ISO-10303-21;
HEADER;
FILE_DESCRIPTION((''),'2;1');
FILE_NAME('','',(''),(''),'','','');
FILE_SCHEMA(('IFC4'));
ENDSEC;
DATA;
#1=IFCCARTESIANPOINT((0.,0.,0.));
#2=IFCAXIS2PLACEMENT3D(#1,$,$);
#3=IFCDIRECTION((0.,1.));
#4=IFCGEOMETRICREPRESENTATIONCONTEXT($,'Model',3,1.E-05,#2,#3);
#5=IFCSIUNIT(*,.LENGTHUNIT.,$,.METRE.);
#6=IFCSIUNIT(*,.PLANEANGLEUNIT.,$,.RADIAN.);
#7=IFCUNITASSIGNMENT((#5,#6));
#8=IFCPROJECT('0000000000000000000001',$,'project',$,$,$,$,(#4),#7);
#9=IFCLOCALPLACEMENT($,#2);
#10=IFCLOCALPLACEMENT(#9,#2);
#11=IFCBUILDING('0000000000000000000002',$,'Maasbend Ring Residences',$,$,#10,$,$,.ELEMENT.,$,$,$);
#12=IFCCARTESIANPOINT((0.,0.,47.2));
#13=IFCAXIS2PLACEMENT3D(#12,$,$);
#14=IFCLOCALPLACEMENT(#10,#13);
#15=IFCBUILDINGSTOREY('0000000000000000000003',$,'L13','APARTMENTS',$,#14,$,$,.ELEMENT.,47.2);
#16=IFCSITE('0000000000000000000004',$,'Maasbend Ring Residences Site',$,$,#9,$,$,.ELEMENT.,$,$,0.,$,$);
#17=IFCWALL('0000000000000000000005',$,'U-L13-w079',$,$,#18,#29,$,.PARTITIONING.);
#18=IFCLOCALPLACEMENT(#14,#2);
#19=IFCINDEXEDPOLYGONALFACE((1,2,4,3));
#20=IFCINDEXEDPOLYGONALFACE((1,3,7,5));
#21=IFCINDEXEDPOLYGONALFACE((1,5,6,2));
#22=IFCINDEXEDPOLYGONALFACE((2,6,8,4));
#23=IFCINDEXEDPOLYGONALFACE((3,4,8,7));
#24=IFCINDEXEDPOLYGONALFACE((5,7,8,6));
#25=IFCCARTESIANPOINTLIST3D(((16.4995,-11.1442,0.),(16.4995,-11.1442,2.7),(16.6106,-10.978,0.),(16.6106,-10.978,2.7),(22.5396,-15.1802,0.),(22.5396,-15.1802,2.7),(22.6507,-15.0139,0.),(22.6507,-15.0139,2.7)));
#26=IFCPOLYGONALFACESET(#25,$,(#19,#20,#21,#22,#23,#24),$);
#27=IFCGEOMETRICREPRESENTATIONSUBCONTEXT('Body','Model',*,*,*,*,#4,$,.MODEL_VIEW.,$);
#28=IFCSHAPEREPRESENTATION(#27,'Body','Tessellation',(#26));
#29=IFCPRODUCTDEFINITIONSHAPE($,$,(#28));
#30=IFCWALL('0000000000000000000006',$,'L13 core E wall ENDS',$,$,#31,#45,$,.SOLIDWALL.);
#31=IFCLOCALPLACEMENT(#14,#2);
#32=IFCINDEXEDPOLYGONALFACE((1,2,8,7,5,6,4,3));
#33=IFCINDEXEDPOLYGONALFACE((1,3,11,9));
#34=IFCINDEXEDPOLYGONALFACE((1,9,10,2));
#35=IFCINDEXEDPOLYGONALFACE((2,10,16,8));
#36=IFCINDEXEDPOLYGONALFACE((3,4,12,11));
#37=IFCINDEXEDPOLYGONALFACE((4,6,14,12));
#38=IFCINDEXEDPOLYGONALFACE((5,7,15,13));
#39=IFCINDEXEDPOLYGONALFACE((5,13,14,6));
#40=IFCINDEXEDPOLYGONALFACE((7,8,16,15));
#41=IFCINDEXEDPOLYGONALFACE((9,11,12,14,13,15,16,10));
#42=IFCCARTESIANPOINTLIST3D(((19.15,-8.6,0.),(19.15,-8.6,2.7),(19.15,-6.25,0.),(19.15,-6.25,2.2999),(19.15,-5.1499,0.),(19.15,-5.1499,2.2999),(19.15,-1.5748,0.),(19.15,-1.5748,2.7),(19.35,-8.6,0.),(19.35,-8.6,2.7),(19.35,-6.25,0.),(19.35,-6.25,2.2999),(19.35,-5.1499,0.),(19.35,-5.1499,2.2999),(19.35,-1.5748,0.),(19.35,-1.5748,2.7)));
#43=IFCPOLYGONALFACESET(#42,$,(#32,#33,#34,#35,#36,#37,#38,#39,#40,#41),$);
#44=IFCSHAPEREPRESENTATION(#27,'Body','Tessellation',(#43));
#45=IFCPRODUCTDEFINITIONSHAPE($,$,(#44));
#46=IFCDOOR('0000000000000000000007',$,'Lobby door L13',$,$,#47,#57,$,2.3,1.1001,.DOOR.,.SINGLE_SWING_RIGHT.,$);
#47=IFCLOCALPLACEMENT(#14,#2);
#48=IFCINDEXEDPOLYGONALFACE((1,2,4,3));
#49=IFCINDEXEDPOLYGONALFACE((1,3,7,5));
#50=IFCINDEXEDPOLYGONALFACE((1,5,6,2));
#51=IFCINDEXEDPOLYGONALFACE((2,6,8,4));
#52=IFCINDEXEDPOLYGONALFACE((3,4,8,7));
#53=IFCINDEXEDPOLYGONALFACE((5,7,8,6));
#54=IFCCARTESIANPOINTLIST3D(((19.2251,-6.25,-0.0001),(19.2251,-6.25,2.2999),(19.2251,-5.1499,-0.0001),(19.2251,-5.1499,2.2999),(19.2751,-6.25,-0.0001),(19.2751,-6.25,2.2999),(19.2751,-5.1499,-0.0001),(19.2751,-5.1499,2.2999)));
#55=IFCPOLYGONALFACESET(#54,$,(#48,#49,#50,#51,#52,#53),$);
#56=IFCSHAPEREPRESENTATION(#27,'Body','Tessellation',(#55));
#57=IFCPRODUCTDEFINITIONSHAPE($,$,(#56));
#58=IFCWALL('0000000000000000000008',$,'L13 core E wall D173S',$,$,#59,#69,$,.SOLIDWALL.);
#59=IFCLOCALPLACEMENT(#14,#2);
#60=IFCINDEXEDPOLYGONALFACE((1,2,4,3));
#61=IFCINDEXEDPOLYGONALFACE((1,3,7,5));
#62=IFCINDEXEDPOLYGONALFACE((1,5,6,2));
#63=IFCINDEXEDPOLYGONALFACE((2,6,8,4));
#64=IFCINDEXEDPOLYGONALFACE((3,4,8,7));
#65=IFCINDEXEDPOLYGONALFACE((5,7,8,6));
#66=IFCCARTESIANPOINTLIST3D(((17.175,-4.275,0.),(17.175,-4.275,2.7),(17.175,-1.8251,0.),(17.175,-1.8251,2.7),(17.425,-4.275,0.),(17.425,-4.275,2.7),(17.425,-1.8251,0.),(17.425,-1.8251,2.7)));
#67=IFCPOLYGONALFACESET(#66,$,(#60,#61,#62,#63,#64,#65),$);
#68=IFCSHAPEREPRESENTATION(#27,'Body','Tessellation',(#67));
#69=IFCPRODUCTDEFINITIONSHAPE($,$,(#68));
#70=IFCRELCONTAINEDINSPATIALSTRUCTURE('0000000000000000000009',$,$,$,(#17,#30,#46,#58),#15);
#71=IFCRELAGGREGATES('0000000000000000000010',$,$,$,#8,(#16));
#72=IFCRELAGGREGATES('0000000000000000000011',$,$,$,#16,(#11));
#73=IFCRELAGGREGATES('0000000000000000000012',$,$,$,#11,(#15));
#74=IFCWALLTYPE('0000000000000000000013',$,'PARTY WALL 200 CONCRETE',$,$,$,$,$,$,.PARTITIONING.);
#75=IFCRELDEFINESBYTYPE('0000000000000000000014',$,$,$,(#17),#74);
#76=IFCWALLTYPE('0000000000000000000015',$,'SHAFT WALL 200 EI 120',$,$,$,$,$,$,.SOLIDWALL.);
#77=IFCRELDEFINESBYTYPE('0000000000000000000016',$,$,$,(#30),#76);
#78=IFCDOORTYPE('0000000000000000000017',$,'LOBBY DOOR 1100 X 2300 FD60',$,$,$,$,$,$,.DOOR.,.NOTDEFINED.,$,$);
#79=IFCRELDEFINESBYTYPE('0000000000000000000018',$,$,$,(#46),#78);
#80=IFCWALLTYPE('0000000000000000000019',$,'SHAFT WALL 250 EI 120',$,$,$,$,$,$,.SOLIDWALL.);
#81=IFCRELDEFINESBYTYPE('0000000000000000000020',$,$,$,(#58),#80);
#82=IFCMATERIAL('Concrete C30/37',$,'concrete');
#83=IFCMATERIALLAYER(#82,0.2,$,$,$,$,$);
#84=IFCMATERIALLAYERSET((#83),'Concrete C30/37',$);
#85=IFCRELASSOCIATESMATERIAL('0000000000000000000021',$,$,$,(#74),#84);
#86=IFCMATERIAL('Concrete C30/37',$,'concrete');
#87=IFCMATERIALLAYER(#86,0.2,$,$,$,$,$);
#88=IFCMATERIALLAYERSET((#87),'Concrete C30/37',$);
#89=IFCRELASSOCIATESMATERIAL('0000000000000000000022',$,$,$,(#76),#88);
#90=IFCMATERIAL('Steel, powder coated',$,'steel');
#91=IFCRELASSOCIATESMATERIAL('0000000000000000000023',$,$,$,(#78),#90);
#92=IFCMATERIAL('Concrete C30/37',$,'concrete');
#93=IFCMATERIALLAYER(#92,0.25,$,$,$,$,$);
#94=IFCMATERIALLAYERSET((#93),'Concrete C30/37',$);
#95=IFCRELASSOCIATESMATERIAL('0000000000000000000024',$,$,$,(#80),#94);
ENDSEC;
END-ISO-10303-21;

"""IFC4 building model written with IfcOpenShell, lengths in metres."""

from ifc_helpers import new_model, si_unit, direction, frame, frame_2d, origin, place, context, subcontext, project, spatial, rectangle, extrude, material, layer, layer_set, type_object, element, fill, save


model = new_model("IFC4")

# Units and contexts
model_context = context("Model", 3, precision=1e-05, world=origin(), true_north=direction((0.0, 1.0)))
body_context = subcontext(model_context, "Body", "Model", "MODEL_VIEW")
ifc_project = project(units=[si_unit("LENGTHUNIT", "METRE"), si_unit("PLANEANGLEUNIT", "RADIAN")], contexts=[model_context])

# Site, building, storey
site_placement = place(None, origin())
site = spatial("IfcSite", under=ifc_project, at=site_placement, Name="Maasbend Ring Residences Site", CompositionType="ELEMENT", RefElevation=0.0)
building_placement = place(site_placement, origin())
building = spatial("IfcBuilding", under=site, at=building_placement, Name="Maasbend Ring Residences", CompositionType="ELEMENT")
storey_placement = place(building_placement, frame((0.0, 0.0, 47.2)))
storey = spatial("IfcBuildingStorey", under=building, at=storey_placement, Name="L13", Description="APARTMENTS", CompositionType="ELEMENT", Elevation=47.2)

# Wall
ifc_material_1 = material(Name="Concrete C30/37", Category="concrete")
ifc_layer_1 = layer(ifc_material_1, 0.2)
ifc_layer_set_1 = layer_set([ifc_layer_1], Name="Concrete C30/37")
wall_type_1 = type_object("IfcWallType", Name="PARTY WALL 200 CONCRETE", PredefinedType="PARTITIONING", material=ifc_layer_set_1)
wall_1_placement = place(storey_placement, frame((16.5549, -11.061, 0.0), z_axis=(0.0, 0.0, 1.0), x_axis=(0.831466, -0.555576, 0.0)))
element("IfcWall", 1, at=wall_1_placement, inside=storey, type_object=wall_type_1, Name="U-L13-w079", PredefinedType="PARTITIONING", context=body_context, shape_type="SweptSolid", body=[
    extrude(rectangle(XDim=7.2644, YDim=0.2, at=frame_2d((3.6323, 0.0))), origin(), (0.0, 0.0, 1.0), 2.7),
])

# Wall, opening, door
ifc_material_2 = material(Name="Concrete C30/37", Category="concrete")
ifc_layer_2 = layer(ifc_material_2, 0.2)
ifc_layer_set_2 = layer_set([ifc_layer_2], Name="Concrete C30/37")
wall_type_2 = type_object("IfcWallType", Name="SHAFT WALL 200 EI 120", PredefinedType="SOLIDWALL", material=ifc_layer_set_2)
wall_2_placement = place(storey_placement, frame((19.25, -8.6001, 0.0), z_axis=(0.0, 0.0, 1.0), x_axis=(0.0, 1.0, 0.0)))
wall_2 = element("IfcWall", 2, at=wall_2_placement, inside=storey, type_object=wall_type_2, Name="L13 core E wall ENDS", PredefinedType="SOLIDWALL", context=body_context, shape_type="SweptSolid", body=[
    extrude(rectangle(XDim=7.0251, YDim=0.2, at=frame_2d((3.5127, 0.0))), origin(), (0.0, 0.0, 1.0), 2.7),
])
opening_1_placement = place(wall_2_placement, frame((2.3501, 0.0, 0.0)))
opening_1 = element("IfcOpeningElement", 3, at=opening_1_placement, cuts=wall_2, PredefinedType="OPENING", context=body_context, shape_type="SweptSolid", body=[
    extrude(rectangle(XDim=1.1001, YDim=2.3, at=frame_2d((0.55, 1.1499))), frame((0.0, 0.1099, 0.0), z_axis=(0.0, -1.0, 0.0), x_axis=(1.0, 0.0, 0.0)), (0.0, 0.0, 1.0), 0.22),
])
ifc_material_3 = material(Name="Steel, powder coated", Category="steel")
door_type_1 = type_object("IfcDoorType", Name="LOBBY DOOR 1100 X 2300 FD60", OperationType="NOTDEFINED", PredefinedType="DOOR", material=ifc_material_3)
door_1_placement = place(opening_1_placement, origin())
door_1 = element("IfcDoor", 4, at=door_1_placement, inside=storey, type_object=door_type_1, Name="Lobby door L13", OperationType="SINGLE_SWING_RIGHT", OverallHeight=2.3, OverallWidth=1.1001, PredefinedType="DOOR", context=body_context, shape_type="SweptSolid", body=[
    extrude(rectangle(XDim=1.1001, YDim=2.3, at=frame_2d((0.55, 1.1499))), frame((0.0, 0.0249, 0.0), z_axis=(0.0, -1.0, 0.0), x_axis=(1.0, 0.0, 0.0)), (0.0, 0.0, 1.0), 0.05),
])
fill(opening_1, door_1)

# Wall
ifc_material_4 = material(Name="Concrete C30/37", Category="concrete")
ifc_layer_3 = layer(ifc_material_4, 0.25)
ifc_layer_set_3 = layer_set([ifc_layer_3], Name="Concrete C30/37")
wall_type_3 = type_object("IfcWallType", Name="SHAFT WALL 250 EI 120", PredefinedType="SOLIDWALL", material=ifc_layer_set_3)
wall_3_placement = place(storey_placement, frame((17.3, -1.825, 0.0), z_axis=(0.0, 0.0, 1.0), x_axis=(0.0, -1.0, 0.0)))
element("IfcWall", 5, at=wall_3_placement, inside=storey, type_object=wall_type_3, Name="L13 core E wall D173S", PredefinedType="SOLIDWALL", context=body_context, shape_type="SweptSolid", body=[
    extrude(rectangle(XDim=2.45, YDim=0.25, at=frame_2d((1.2251, 0.0))), origin(), (0.0, 0.0, 1.0), 2.7),
])

save(model, "model.ifc")
